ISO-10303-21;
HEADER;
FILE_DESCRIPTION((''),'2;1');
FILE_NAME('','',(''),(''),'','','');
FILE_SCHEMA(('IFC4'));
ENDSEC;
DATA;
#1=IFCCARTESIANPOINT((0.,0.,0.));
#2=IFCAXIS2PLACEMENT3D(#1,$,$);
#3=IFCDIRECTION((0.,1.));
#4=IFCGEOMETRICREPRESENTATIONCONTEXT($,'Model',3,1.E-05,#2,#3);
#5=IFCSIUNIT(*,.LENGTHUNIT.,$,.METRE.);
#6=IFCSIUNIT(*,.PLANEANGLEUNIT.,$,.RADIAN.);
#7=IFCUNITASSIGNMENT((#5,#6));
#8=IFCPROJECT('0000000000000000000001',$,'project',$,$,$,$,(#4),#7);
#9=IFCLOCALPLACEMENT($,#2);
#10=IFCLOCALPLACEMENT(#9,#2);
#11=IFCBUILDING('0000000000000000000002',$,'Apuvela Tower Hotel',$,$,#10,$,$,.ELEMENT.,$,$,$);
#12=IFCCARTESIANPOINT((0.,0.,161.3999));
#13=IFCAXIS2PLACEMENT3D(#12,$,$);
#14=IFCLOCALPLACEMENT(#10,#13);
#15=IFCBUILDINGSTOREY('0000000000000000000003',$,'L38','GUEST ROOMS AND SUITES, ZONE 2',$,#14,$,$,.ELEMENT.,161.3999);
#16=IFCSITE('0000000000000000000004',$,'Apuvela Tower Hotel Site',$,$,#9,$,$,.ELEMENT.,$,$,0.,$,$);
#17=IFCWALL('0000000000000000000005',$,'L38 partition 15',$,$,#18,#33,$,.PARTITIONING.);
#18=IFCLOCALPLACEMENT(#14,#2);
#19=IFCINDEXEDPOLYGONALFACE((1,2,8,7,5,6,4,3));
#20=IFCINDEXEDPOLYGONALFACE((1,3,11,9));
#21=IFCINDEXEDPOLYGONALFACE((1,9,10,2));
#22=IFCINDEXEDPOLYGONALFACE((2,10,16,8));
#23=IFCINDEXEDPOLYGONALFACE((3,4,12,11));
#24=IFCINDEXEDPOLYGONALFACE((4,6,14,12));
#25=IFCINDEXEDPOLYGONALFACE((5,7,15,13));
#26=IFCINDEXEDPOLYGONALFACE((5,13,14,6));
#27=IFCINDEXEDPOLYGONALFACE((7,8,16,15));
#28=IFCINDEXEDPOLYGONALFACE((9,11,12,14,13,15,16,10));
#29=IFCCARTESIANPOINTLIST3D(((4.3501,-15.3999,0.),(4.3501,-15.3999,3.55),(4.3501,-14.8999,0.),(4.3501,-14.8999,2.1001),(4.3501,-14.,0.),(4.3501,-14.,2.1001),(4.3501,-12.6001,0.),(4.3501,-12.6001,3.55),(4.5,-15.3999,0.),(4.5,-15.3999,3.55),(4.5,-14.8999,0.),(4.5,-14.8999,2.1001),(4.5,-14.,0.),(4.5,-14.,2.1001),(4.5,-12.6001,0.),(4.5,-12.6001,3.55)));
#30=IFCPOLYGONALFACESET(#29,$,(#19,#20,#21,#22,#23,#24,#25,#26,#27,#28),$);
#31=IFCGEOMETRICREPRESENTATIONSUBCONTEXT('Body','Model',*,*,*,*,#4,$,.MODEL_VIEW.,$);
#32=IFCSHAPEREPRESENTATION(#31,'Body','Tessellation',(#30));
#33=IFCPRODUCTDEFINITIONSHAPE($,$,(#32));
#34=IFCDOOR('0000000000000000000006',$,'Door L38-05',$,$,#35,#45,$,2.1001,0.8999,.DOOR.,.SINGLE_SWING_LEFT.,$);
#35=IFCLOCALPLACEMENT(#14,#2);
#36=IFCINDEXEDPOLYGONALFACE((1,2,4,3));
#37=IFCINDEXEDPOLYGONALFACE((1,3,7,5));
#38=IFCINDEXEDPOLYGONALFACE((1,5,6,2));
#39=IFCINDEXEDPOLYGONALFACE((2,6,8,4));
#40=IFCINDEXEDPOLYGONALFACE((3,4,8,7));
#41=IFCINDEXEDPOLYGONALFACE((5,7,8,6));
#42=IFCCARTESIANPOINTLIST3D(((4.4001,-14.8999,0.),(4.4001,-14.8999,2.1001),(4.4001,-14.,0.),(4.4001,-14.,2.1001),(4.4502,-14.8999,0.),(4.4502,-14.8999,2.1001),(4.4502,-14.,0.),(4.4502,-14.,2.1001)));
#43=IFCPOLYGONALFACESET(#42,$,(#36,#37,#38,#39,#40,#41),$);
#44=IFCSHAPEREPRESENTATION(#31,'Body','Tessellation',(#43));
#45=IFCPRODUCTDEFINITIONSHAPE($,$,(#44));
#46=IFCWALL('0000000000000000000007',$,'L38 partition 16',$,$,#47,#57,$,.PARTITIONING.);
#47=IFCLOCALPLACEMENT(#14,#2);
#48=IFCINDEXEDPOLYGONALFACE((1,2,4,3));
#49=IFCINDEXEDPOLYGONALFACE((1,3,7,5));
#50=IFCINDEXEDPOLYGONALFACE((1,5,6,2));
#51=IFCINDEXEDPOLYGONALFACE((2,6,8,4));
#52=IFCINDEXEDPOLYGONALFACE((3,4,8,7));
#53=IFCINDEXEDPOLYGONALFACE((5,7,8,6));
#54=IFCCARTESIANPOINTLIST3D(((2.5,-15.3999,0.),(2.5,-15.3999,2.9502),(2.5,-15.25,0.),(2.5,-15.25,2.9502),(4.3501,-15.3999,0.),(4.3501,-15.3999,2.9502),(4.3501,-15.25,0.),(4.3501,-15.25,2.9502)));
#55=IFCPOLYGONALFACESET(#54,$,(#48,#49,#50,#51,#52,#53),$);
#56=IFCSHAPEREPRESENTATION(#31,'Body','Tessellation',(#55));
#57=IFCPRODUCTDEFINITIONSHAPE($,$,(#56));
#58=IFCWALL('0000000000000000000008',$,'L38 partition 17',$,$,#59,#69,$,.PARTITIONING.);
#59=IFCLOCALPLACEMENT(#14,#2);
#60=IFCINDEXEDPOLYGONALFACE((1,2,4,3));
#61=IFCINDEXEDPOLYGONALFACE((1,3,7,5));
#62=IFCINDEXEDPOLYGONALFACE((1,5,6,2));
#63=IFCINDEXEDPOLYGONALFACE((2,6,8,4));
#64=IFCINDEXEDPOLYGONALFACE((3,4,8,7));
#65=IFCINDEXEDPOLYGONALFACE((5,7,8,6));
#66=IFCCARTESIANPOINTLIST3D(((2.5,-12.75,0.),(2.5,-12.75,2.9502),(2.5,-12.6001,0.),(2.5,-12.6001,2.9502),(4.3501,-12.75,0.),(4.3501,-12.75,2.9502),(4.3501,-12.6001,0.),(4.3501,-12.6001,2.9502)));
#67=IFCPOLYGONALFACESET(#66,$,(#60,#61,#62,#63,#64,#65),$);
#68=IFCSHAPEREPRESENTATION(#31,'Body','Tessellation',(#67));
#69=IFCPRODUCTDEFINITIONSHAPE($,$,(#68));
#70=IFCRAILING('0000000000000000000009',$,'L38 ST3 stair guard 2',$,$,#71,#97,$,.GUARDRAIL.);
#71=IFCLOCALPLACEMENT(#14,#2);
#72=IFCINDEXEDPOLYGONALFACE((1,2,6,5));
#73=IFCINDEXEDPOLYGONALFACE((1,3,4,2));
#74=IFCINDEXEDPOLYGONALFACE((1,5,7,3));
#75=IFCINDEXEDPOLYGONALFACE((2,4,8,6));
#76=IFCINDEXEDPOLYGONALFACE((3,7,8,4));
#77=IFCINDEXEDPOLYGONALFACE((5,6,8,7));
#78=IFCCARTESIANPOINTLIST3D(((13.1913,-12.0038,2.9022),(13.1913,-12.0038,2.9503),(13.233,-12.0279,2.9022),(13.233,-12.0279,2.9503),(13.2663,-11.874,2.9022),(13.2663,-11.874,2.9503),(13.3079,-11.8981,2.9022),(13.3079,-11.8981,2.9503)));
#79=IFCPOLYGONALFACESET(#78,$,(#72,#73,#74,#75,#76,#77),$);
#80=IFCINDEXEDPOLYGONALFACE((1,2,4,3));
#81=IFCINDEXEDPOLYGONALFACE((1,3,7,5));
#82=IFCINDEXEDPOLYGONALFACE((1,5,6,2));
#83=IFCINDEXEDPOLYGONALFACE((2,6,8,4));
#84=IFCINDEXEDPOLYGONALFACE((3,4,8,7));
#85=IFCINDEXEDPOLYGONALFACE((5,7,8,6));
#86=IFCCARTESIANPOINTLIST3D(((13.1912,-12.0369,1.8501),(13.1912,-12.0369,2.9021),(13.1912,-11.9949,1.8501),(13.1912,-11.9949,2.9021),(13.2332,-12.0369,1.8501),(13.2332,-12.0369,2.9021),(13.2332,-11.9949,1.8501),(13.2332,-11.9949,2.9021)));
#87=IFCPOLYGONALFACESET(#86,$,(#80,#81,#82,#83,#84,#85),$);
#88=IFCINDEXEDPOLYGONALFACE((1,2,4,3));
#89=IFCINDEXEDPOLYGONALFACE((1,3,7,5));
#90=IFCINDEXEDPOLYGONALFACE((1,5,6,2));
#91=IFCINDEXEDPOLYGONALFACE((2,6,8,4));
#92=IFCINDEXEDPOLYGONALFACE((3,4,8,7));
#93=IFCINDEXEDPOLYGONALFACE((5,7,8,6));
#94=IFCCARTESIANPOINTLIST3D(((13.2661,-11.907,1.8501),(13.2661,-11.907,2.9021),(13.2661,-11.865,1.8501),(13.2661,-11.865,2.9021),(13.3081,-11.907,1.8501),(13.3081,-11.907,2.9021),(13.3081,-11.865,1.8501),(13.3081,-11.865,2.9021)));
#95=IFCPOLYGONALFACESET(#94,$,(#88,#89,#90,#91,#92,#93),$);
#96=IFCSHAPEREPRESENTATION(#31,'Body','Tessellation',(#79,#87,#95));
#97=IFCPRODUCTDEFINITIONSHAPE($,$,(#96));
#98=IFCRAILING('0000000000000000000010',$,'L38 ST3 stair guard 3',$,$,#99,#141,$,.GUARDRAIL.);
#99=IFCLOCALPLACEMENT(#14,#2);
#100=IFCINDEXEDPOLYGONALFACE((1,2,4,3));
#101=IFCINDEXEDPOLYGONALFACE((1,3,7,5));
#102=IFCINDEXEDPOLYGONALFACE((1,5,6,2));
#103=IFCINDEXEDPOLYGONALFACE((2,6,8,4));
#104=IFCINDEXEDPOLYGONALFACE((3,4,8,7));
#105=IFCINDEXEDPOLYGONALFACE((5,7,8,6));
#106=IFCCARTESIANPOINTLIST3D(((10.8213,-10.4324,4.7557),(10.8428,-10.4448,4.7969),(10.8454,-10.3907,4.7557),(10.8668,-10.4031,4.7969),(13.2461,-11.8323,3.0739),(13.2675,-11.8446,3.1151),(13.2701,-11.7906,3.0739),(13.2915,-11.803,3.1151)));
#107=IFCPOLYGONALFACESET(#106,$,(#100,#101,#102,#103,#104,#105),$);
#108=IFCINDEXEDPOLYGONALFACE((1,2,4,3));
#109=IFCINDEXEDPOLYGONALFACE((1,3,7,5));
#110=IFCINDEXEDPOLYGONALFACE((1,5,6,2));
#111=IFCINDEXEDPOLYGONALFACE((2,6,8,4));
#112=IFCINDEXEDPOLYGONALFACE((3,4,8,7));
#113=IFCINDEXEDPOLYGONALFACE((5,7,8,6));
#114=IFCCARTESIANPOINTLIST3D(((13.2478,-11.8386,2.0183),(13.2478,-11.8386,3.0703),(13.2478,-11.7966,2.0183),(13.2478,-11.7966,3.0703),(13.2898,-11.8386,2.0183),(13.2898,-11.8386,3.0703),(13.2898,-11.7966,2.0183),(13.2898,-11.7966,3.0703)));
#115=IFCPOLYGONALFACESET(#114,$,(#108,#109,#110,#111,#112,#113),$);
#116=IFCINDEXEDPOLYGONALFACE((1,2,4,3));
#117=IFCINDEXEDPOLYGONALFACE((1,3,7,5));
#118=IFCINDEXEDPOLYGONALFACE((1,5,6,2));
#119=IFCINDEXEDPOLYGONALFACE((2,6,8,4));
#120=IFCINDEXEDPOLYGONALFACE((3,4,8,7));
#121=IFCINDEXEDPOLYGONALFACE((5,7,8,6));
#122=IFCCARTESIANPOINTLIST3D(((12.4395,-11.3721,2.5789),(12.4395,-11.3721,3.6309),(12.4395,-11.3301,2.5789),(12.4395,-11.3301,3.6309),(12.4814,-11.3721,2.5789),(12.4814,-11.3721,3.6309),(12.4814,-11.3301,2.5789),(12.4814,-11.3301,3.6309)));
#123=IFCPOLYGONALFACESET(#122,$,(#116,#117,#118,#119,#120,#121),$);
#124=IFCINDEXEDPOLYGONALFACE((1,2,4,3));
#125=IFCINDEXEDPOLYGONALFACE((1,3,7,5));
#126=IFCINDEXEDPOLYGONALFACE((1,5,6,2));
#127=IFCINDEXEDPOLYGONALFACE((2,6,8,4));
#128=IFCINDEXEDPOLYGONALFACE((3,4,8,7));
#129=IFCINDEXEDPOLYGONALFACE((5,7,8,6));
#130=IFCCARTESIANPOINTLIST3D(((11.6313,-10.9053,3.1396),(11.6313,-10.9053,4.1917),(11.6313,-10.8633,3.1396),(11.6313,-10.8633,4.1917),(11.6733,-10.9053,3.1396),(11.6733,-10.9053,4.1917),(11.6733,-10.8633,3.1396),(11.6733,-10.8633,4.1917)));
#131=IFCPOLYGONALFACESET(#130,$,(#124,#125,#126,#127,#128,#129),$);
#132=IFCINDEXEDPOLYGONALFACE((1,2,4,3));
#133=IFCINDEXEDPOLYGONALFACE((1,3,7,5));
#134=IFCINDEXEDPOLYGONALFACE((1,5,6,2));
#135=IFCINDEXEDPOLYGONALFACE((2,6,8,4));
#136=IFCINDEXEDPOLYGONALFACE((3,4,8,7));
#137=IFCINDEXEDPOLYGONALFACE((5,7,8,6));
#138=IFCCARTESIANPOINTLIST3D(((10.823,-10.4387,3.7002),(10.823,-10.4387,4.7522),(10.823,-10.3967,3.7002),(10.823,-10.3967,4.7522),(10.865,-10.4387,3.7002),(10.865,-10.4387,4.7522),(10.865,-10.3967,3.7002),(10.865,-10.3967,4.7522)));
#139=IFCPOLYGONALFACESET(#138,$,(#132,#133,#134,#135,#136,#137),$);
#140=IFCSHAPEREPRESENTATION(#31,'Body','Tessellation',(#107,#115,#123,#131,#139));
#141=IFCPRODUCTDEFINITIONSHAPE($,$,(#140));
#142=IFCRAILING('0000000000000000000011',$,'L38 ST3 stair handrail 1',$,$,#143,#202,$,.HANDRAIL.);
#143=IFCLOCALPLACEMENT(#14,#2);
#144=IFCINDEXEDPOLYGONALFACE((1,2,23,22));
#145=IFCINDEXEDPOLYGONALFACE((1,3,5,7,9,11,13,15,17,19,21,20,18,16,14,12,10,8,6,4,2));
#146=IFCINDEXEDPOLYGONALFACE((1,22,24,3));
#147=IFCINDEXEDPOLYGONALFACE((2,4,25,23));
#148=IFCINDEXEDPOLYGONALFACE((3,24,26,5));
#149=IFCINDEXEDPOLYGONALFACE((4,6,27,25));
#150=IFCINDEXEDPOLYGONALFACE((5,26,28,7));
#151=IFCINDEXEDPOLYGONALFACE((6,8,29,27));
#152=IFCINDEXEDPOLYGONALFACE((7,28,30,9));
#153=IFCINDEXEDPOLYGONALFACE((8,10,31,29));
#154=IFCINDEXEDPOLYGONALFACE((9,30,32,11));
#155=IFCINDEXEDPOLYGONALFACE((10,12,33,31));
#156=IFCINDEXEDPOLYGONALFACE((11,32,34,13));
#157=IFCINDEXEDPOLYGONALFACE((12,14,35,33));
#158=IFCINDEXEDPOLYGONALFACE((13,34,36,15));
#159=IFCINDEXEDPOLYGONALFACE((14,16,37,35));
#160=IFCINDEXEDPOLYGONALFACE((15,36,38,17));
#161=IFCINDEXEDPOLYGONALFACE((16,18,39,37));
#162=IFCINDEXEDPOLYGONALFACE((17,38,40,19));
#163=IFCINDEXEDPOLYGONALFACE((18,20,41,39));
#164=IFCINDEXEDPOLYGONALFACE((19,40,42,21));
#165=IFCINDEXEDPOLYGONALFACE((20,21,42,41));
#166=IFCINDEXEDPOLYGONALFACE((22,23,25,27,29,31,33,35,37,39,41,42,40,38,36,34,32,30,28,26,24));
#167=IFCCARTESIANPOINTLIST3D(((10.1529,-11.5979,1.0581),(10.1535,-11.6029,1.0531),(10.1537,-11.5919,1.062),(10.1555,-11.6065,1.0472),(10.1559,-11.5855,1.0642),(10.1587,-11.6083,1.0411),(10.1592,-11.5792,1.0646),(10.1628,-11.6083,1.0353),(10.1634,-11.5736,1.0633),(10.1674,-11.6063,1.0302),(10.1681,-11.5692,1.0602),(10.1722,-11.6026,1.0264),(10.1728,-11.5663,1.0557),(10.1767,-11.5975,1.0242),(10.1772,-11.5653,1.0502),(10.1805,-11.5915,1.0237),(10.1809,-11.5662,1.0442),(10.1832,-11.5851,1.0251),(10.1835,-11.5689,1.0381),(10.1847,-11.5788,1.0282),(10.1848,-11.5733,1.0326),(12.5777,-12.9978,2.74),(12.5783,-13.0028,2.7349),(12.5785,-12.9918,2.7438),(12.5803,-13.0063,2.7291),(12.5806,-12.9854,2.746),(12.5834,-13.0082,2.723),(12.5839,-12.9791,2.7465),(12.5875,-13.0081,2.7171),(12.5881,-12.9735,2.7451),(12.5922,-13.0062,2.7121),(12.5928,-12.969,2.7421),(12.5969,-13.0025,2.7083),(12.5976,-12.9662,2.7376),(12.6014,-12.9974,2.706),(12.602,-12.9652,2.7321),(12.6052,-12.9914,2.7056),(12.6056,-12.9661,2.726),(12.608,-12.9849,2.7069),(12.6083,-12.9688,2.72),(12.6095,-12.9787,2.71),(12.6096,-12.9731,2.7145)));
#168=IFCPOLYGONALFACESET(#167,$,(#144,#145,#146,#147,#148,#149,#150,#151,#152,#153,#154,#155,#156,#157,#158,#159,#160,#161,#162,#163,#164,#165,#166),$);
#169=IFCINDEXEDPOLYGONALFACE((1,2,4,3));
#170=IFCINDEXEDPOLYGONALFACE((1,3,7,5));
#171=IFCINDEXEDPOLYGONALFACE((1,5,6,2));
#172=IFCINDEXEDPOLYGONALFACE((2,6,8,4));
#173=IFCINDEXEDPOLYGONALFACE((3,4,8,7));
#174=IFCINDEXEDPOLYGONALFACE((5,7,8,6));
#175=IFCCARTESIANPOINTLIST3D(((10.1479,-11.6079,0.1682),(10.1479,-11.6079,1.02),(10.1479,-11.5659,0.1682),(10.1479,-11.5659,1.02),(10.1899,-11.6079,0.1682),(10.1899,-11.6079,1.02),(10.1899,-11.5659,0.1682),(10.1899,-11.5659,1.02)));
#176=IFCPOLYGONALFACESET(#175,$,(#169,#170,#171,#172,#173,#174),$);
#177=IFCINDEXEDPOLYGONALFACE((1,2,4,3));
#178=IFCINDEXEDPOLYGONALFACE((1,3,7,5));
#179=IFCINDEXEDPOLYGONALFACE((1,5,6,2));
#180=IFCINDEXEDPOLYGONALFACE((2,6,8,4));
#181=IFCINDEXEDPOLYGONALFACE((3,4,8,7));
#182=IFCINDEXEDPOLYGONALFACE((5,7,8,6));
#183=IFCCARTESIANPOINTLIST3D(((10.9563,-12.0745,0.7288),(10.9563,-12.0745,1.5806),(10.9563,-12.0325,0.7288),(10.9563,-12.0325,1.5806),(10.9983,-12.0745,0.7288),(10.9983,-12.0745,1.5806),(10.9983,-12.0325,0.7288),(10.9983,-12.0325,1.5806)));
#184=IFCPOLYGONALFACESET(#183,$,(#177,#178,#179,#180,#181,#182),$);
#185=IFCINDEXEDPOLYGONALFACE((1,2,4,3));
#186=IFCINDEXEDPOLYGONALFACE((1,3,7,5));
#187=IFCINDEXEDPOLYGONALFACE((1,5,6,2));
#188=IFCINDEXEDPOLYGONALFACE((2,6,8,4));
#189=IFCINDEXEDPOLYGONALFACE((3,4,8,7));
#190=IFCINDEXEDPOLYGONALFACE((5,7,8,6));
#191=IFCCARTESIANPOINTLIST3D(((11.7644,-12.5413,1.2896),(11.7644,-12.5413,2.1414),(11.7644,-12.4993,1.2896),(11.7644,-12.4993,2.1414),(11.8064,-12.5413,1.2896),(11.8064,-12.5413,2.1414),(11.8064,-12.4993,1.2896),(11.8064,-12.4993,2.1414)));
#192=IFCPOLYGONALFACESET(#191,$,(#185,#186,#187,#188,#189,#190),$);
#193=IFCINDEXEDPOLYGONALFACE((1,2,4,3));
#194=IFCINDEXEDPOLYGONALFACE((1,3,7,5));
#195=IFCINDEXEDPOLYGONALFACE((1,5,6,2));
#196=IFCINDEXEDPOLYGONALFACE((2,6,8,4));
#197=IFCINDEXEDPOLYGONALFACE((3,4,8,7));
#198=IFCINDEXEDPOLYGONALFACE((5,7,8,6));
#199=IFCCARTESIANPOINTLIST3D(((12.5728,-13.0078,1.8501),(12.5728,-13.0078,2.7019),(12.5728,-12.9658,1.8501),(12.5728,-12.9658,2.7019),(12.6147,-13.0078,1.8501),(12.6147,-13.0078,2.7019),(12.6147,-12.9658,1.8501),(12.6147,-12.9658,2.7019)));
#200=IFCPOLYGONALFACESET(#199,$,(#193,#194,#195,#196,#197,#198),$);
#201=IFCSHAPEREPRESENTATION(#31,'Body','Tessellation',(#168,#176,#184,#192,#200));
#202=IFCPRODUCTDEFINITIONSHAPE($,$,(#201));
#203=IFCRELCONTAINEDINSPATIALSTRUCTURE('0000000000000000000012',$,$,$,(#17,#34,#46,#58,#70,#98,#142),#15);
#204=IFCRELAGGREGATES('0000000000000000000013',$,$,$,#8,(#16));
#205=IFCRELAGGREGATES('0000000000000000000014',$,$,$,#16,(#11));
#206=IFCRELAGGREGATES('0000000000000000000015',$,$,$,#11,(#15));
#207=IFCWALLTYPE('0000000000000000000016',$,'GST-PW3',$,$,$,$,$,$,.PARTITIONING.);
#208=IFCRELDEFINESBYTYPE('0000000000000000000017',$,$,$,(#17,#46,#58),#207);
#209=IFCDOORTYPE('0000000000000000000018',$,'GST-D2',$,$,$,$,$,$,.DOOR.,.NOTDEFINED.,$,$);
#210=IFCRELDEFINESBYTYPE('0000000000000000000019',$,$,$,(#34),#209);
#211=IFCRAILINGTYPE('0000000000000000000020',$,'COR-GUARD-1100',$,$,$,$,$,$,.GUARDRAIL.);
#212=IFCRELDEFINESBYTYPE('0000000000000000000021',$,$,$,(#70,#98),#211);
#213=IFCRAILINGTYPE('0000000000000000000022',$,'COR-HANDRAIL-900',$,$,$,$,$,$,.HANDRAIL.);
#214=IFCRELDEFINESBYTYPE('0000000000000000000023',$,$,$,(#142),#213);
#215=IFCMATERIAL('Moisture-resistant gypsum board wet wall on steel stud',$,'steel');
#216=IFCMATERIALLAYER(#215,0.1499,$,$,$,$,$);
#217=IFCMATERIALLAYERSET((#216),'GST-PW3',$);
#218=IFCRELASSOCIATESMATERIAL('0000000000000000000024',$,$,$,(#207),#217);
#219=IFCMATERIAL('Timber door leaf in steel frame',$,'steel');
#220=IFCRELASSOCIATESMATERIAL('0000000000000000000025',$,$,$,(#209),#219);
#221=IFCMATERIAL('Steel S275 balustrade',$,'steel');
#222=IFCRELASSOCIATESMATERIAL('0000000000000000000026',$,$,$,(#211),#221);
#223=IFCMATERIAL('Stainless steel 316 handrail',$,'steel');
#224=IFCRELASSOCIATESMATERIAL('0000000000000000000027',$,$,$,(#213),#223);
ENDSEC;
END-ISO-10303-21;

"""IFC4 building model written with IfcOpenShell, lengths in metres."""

from ifc_helpers import new_model, si_unit, direction, frame, frame_2d, origin, origin_2d, place, context, subcontext, project, spatial, rectangle, circle, extrude, material, layer, layer_set, type_object, element, fill, save


model = new_model("IFC4")

# Units and contexts
model_context = context("Model", 3, precision=1e-05, world=origin(), true_north=direction((0.0, 1.0)))
body_context = subcontext(model_context, "Body", "Model", "MODEL_VIEW")
ifc_project = project(units=[si_unit("LENGTHUNIT", "METRE"), si_unit("PLANEANGLEUNIT", "RADIAN")], contexts=[model_context])

# Site, building, storey
site_placement = place(None, origin())
site = spatial("IfcSite", under=ifc_project, at=site_placement, Name="Apuvela Tower Hotel Site", CompositionType="ELEMENT", RefElevation=0.0)
building_placement = place(site_placement, origin())
building = spatial("IfcBuilding", under=site, at=building_placement, Name="Apuvela Tower Hotel", CompositionType="ELEMENT")
storey_placement = place(building_placement, frame((0.0, 0.0, 161.3999)))
storey = spatial("IfcBuildingStorey", under=building, at=storey_placement, Name="L38", Description="GUEST ROOMS AND SUITES, ZONE 2", CompositionType="ELEMENT", Elevation=161.3999)

# Wall, opening, door
ifc_material_1 = material(Name="Moisture-resistant gypsum board wet wall on steel stud", Category="steel")
ifc_layer_1 = layer(ifc_material_1, 0.1499)
ifc_layer_set_1 = layer_set([ifc_layer_1], Name="GST-PW3")
wall_type_1 = type_object("IfcWallType", Name="GST-PW3", PredefinedType="PARTITIONING", material=ifc_layer_set_1)
wall_1_placement = place(storey_placement, frame((4.425, -15.3999, 0.0), z_axis=(0.0, 0.0, 1.0), x_axis=(0.0, 1.0, 0.0)))
wall_1 = element("IfcWall", 1, at=wall_1_placement, inside=storey, type_object=wall_type_1, Name="L38 partition 15", PredefinedType="PARTITIONING", context=body_context, shape_type="SweptSolid", body=[
    extrude(rectangle(XDim=2.7998, YDim=0.1499, at=frame_2d((1.3999, 0.0))), origin(), (0.0, 0.0, 1.0), 3.55),
])
opening_1_placement = place(wall_1_placement, frame((0.5, 0.0, 0.0)))
opening_1 = element("IfcOpeningElement", 2, at=opening_1_placement, cuts=wall_1, PredefinedType="OPENING", context=body_context, shape_type="SweptSolid", body=[
    extrude(rectangle(XDim=0.8999, YDim=2.1001, at=frame_2d((0.45, 1.05))), frame((0.0, 0.085, 0.0), z_axis=(0.0, -1.0, 0.0), x_axis=(1.0, 0.0, 0.0)), (0.0, 0.0, 1.0), 0.1699),
])
ifc_material_2 = material(Name="Timber door leaf in steel frame", Category="steel")
door_type_1 = type_object("IfcDoorType", Name="GST-D2", OperationType="NOTDEFINED", PredefinedType="DOOR", material=ifc_material_2)
door_1_placement = place(opening_1_placement, origin())
door_1 = element("IfcDoor", 3, at=door_1_placement, inside=storey, type_object=door_type_1, Name="Door L38-05", OperationType="SINGLE_SWING_LEFT", OverallHeight=2.1001, OverallWidth=0.8999, PredefinedType="DOOR", context=body_context, shape_type="SweptSolid", body=[
    extrude(rectangle(XDim=0.8999, YDim=2.1001, at=frame_2d((0.45, 1.05))), frame((0.0, 0.0249, 0.0), z_axis=(0.0, -1.0, 0.0), x_axis=(1.0, 0.0, 0.0)), (0.0, 0.0, 1.0), 0.05),
])
fill(opening_1, door_1)

# Walls
for number, where, z_axis, x_axis, name in (
    (4, (2.5, -15.325, 0.0), (0.0, 0.0, 1.0), (1.0, 0.0, 0.0), "L38 partition 16"),
    (5, (2.5, -12.675, 0.0), (0.0, 0.0, 1.0), (1.0, 0.0, 0.0), "L38 partition 17"),
):
    element("IfcWall", number, at=place(storey_placement, frame(where, z_axis=z_axis, x_axis=x_axis)), inside=storey, type_object=wall_type_1, Name=name, PredefinedType="PARTITIONING", context=body_context, shape_type="SweptSolid", body=[
        extrude(rectangle(XDim=1.8501, YDim=0.1499, at=frame_2d((0.925, 0.0))), origin(), (0.0, 0.0, 1.0), 2.9502),
    ])

# Railings
ifc_material_3 = material(Name="Steel S275 balustrade", Category="steel")
railing_type_1 = type_object("IfcRailingType", Name="COR-GUARD-1100", PredefinedType="GUARDRAIL", material=ifc_material_3)
railing_1_placement = place(storey_placement, frame((13.2122, -12.0159, 1.8501)))
element("IfcRailing", 6, at=railing_1_placement, inside=storey, type_object=railing_type_1, Name="L38 ST3 stair guard 2", PredefinedType="GUARDRAIL", context=body_context, shape_type="SweptSolid", body=[
    extrude(rectangle(XDim=0.0481, YDim=0.0481, at=origin_2d()), frame((0.0, 0.0, 1.0762), z_axis=(0.499816, 0.866131, 0.0), x_axis=(-0.866131, 0.499816, 0.0)), (0.0, 0.0, 1.0), 0.1499),
    extrude(rectangle(XDim=0.042, YDim=0.042, at=origin_2d()), origin(), (0.0, 0.0, 1.0), 1.052),
    extrude(rectangle(XDim=0.042, YDim=0.042, at=origin_2d()), frame((0.075, 0.1299, 0.0)), (0.0, 0.0, 1.0), 1.052),
])
railing_2_placement = place(storey_placement, frame((13.2688, -11.8176, 2.0183)))
element("IfcRailing", 7, at=railing_2_placement, inside=storey, type_object=railing_type_1, Name="L38 ST3 stair guard 3", PredefinedType="GUARDRAIL", context=body_context, shape_type="SweptSolid", body=[
    extrude(rectangle(XDim=0.0481, YDim=0.0481, at=origin_2d()), frame((0.0, 0.0, 1.0762), z_axis=(-0.74239, 0.428601, 0.514934), x_axis=(-0.499984, -0.866035, 0.0)), (0.0, 0.0, 1.0), 3.2661),
    extrude(rectangle(XDim=0.042, YDim=0.042, at=origin_2d()), origin(), (0.0, 0.0, 1.0), 1.052),
    extrude(rectangle(XDim=0.042, YDim=0.042, at=origin_2d()), frame((-0.8083, 0.4666, 0.5605)), (0.0, 0.0, 1.0), 1.052),
    extrude(rectangle(XDim=0.042, YDim=0.042, at=origin_2d()), frame((-1.6165, 0.9333, 1.1213)), (0.0, 0.0, 1.0), 1.052),
    extrude(rectangle(XDim=0.042, YDim=0.042, at=origin_2d()), frame((-2.4248, 1.3999, 1.6819)), (0.0, 0.0, 1.0), 1.052),
])
ifc_material_4 = material(Name="Stainless steel 316 handrail", Category="steel")
railing_type_2 = type_object("IfcRailingType", Name="COR-HANDRAIL-900", PredefinedType="HANDRAIL", material=ifc_material_4)
railing_3_placement = place(storey_placement, frame((10.1689, -11.5869, 0.1682)))
element("IfcRailing", 8, at=railing_3_placement, inside=storey, type_object=railing_type_2, Name="L38 ST3 stair handrail 1", PredefinedType="HANDRAIL", context=body_context, shape_type="SweptSolid", body=[
    extrude(circle(Radius=0.0239, at=origin_2d()), frame((0.0, 0.0, 0.876), z_axis=(0.74239, -0.428601, 0.514934), x_axis=(0.499984, 0.866035, 0.0)), (0.0, 0.0, 1.0), 3.2661),
    extrude(rectangle(XDim=0.042, YDim=0.042, at=origin_2d()), origin(), (0.0, 0.0, 1.0), 0.8518),
    extrude(rectangle(XDim=0.042, YDim=0.042, at=origin_2d()), frame((0.8083, -0.4666, 0.5605)), (0.0, 0.0, 1.0), 0.8518),
    extrude(rectangle(XDim=0.042, YDim=0.042, at=origin_2d()), frame((1.6165, -0.9333, 1.1213)), (0.0, 0.0, 1.0), 0.8518),
    extrude(rectangle(XDim=0.042, YDim=0.042, at=origin_2d()), frame((2.4248, -1.3999, 1.6819)), (0.0, 0.0, 1.0), 0.8518),
])

save(model, "model.ifc")
